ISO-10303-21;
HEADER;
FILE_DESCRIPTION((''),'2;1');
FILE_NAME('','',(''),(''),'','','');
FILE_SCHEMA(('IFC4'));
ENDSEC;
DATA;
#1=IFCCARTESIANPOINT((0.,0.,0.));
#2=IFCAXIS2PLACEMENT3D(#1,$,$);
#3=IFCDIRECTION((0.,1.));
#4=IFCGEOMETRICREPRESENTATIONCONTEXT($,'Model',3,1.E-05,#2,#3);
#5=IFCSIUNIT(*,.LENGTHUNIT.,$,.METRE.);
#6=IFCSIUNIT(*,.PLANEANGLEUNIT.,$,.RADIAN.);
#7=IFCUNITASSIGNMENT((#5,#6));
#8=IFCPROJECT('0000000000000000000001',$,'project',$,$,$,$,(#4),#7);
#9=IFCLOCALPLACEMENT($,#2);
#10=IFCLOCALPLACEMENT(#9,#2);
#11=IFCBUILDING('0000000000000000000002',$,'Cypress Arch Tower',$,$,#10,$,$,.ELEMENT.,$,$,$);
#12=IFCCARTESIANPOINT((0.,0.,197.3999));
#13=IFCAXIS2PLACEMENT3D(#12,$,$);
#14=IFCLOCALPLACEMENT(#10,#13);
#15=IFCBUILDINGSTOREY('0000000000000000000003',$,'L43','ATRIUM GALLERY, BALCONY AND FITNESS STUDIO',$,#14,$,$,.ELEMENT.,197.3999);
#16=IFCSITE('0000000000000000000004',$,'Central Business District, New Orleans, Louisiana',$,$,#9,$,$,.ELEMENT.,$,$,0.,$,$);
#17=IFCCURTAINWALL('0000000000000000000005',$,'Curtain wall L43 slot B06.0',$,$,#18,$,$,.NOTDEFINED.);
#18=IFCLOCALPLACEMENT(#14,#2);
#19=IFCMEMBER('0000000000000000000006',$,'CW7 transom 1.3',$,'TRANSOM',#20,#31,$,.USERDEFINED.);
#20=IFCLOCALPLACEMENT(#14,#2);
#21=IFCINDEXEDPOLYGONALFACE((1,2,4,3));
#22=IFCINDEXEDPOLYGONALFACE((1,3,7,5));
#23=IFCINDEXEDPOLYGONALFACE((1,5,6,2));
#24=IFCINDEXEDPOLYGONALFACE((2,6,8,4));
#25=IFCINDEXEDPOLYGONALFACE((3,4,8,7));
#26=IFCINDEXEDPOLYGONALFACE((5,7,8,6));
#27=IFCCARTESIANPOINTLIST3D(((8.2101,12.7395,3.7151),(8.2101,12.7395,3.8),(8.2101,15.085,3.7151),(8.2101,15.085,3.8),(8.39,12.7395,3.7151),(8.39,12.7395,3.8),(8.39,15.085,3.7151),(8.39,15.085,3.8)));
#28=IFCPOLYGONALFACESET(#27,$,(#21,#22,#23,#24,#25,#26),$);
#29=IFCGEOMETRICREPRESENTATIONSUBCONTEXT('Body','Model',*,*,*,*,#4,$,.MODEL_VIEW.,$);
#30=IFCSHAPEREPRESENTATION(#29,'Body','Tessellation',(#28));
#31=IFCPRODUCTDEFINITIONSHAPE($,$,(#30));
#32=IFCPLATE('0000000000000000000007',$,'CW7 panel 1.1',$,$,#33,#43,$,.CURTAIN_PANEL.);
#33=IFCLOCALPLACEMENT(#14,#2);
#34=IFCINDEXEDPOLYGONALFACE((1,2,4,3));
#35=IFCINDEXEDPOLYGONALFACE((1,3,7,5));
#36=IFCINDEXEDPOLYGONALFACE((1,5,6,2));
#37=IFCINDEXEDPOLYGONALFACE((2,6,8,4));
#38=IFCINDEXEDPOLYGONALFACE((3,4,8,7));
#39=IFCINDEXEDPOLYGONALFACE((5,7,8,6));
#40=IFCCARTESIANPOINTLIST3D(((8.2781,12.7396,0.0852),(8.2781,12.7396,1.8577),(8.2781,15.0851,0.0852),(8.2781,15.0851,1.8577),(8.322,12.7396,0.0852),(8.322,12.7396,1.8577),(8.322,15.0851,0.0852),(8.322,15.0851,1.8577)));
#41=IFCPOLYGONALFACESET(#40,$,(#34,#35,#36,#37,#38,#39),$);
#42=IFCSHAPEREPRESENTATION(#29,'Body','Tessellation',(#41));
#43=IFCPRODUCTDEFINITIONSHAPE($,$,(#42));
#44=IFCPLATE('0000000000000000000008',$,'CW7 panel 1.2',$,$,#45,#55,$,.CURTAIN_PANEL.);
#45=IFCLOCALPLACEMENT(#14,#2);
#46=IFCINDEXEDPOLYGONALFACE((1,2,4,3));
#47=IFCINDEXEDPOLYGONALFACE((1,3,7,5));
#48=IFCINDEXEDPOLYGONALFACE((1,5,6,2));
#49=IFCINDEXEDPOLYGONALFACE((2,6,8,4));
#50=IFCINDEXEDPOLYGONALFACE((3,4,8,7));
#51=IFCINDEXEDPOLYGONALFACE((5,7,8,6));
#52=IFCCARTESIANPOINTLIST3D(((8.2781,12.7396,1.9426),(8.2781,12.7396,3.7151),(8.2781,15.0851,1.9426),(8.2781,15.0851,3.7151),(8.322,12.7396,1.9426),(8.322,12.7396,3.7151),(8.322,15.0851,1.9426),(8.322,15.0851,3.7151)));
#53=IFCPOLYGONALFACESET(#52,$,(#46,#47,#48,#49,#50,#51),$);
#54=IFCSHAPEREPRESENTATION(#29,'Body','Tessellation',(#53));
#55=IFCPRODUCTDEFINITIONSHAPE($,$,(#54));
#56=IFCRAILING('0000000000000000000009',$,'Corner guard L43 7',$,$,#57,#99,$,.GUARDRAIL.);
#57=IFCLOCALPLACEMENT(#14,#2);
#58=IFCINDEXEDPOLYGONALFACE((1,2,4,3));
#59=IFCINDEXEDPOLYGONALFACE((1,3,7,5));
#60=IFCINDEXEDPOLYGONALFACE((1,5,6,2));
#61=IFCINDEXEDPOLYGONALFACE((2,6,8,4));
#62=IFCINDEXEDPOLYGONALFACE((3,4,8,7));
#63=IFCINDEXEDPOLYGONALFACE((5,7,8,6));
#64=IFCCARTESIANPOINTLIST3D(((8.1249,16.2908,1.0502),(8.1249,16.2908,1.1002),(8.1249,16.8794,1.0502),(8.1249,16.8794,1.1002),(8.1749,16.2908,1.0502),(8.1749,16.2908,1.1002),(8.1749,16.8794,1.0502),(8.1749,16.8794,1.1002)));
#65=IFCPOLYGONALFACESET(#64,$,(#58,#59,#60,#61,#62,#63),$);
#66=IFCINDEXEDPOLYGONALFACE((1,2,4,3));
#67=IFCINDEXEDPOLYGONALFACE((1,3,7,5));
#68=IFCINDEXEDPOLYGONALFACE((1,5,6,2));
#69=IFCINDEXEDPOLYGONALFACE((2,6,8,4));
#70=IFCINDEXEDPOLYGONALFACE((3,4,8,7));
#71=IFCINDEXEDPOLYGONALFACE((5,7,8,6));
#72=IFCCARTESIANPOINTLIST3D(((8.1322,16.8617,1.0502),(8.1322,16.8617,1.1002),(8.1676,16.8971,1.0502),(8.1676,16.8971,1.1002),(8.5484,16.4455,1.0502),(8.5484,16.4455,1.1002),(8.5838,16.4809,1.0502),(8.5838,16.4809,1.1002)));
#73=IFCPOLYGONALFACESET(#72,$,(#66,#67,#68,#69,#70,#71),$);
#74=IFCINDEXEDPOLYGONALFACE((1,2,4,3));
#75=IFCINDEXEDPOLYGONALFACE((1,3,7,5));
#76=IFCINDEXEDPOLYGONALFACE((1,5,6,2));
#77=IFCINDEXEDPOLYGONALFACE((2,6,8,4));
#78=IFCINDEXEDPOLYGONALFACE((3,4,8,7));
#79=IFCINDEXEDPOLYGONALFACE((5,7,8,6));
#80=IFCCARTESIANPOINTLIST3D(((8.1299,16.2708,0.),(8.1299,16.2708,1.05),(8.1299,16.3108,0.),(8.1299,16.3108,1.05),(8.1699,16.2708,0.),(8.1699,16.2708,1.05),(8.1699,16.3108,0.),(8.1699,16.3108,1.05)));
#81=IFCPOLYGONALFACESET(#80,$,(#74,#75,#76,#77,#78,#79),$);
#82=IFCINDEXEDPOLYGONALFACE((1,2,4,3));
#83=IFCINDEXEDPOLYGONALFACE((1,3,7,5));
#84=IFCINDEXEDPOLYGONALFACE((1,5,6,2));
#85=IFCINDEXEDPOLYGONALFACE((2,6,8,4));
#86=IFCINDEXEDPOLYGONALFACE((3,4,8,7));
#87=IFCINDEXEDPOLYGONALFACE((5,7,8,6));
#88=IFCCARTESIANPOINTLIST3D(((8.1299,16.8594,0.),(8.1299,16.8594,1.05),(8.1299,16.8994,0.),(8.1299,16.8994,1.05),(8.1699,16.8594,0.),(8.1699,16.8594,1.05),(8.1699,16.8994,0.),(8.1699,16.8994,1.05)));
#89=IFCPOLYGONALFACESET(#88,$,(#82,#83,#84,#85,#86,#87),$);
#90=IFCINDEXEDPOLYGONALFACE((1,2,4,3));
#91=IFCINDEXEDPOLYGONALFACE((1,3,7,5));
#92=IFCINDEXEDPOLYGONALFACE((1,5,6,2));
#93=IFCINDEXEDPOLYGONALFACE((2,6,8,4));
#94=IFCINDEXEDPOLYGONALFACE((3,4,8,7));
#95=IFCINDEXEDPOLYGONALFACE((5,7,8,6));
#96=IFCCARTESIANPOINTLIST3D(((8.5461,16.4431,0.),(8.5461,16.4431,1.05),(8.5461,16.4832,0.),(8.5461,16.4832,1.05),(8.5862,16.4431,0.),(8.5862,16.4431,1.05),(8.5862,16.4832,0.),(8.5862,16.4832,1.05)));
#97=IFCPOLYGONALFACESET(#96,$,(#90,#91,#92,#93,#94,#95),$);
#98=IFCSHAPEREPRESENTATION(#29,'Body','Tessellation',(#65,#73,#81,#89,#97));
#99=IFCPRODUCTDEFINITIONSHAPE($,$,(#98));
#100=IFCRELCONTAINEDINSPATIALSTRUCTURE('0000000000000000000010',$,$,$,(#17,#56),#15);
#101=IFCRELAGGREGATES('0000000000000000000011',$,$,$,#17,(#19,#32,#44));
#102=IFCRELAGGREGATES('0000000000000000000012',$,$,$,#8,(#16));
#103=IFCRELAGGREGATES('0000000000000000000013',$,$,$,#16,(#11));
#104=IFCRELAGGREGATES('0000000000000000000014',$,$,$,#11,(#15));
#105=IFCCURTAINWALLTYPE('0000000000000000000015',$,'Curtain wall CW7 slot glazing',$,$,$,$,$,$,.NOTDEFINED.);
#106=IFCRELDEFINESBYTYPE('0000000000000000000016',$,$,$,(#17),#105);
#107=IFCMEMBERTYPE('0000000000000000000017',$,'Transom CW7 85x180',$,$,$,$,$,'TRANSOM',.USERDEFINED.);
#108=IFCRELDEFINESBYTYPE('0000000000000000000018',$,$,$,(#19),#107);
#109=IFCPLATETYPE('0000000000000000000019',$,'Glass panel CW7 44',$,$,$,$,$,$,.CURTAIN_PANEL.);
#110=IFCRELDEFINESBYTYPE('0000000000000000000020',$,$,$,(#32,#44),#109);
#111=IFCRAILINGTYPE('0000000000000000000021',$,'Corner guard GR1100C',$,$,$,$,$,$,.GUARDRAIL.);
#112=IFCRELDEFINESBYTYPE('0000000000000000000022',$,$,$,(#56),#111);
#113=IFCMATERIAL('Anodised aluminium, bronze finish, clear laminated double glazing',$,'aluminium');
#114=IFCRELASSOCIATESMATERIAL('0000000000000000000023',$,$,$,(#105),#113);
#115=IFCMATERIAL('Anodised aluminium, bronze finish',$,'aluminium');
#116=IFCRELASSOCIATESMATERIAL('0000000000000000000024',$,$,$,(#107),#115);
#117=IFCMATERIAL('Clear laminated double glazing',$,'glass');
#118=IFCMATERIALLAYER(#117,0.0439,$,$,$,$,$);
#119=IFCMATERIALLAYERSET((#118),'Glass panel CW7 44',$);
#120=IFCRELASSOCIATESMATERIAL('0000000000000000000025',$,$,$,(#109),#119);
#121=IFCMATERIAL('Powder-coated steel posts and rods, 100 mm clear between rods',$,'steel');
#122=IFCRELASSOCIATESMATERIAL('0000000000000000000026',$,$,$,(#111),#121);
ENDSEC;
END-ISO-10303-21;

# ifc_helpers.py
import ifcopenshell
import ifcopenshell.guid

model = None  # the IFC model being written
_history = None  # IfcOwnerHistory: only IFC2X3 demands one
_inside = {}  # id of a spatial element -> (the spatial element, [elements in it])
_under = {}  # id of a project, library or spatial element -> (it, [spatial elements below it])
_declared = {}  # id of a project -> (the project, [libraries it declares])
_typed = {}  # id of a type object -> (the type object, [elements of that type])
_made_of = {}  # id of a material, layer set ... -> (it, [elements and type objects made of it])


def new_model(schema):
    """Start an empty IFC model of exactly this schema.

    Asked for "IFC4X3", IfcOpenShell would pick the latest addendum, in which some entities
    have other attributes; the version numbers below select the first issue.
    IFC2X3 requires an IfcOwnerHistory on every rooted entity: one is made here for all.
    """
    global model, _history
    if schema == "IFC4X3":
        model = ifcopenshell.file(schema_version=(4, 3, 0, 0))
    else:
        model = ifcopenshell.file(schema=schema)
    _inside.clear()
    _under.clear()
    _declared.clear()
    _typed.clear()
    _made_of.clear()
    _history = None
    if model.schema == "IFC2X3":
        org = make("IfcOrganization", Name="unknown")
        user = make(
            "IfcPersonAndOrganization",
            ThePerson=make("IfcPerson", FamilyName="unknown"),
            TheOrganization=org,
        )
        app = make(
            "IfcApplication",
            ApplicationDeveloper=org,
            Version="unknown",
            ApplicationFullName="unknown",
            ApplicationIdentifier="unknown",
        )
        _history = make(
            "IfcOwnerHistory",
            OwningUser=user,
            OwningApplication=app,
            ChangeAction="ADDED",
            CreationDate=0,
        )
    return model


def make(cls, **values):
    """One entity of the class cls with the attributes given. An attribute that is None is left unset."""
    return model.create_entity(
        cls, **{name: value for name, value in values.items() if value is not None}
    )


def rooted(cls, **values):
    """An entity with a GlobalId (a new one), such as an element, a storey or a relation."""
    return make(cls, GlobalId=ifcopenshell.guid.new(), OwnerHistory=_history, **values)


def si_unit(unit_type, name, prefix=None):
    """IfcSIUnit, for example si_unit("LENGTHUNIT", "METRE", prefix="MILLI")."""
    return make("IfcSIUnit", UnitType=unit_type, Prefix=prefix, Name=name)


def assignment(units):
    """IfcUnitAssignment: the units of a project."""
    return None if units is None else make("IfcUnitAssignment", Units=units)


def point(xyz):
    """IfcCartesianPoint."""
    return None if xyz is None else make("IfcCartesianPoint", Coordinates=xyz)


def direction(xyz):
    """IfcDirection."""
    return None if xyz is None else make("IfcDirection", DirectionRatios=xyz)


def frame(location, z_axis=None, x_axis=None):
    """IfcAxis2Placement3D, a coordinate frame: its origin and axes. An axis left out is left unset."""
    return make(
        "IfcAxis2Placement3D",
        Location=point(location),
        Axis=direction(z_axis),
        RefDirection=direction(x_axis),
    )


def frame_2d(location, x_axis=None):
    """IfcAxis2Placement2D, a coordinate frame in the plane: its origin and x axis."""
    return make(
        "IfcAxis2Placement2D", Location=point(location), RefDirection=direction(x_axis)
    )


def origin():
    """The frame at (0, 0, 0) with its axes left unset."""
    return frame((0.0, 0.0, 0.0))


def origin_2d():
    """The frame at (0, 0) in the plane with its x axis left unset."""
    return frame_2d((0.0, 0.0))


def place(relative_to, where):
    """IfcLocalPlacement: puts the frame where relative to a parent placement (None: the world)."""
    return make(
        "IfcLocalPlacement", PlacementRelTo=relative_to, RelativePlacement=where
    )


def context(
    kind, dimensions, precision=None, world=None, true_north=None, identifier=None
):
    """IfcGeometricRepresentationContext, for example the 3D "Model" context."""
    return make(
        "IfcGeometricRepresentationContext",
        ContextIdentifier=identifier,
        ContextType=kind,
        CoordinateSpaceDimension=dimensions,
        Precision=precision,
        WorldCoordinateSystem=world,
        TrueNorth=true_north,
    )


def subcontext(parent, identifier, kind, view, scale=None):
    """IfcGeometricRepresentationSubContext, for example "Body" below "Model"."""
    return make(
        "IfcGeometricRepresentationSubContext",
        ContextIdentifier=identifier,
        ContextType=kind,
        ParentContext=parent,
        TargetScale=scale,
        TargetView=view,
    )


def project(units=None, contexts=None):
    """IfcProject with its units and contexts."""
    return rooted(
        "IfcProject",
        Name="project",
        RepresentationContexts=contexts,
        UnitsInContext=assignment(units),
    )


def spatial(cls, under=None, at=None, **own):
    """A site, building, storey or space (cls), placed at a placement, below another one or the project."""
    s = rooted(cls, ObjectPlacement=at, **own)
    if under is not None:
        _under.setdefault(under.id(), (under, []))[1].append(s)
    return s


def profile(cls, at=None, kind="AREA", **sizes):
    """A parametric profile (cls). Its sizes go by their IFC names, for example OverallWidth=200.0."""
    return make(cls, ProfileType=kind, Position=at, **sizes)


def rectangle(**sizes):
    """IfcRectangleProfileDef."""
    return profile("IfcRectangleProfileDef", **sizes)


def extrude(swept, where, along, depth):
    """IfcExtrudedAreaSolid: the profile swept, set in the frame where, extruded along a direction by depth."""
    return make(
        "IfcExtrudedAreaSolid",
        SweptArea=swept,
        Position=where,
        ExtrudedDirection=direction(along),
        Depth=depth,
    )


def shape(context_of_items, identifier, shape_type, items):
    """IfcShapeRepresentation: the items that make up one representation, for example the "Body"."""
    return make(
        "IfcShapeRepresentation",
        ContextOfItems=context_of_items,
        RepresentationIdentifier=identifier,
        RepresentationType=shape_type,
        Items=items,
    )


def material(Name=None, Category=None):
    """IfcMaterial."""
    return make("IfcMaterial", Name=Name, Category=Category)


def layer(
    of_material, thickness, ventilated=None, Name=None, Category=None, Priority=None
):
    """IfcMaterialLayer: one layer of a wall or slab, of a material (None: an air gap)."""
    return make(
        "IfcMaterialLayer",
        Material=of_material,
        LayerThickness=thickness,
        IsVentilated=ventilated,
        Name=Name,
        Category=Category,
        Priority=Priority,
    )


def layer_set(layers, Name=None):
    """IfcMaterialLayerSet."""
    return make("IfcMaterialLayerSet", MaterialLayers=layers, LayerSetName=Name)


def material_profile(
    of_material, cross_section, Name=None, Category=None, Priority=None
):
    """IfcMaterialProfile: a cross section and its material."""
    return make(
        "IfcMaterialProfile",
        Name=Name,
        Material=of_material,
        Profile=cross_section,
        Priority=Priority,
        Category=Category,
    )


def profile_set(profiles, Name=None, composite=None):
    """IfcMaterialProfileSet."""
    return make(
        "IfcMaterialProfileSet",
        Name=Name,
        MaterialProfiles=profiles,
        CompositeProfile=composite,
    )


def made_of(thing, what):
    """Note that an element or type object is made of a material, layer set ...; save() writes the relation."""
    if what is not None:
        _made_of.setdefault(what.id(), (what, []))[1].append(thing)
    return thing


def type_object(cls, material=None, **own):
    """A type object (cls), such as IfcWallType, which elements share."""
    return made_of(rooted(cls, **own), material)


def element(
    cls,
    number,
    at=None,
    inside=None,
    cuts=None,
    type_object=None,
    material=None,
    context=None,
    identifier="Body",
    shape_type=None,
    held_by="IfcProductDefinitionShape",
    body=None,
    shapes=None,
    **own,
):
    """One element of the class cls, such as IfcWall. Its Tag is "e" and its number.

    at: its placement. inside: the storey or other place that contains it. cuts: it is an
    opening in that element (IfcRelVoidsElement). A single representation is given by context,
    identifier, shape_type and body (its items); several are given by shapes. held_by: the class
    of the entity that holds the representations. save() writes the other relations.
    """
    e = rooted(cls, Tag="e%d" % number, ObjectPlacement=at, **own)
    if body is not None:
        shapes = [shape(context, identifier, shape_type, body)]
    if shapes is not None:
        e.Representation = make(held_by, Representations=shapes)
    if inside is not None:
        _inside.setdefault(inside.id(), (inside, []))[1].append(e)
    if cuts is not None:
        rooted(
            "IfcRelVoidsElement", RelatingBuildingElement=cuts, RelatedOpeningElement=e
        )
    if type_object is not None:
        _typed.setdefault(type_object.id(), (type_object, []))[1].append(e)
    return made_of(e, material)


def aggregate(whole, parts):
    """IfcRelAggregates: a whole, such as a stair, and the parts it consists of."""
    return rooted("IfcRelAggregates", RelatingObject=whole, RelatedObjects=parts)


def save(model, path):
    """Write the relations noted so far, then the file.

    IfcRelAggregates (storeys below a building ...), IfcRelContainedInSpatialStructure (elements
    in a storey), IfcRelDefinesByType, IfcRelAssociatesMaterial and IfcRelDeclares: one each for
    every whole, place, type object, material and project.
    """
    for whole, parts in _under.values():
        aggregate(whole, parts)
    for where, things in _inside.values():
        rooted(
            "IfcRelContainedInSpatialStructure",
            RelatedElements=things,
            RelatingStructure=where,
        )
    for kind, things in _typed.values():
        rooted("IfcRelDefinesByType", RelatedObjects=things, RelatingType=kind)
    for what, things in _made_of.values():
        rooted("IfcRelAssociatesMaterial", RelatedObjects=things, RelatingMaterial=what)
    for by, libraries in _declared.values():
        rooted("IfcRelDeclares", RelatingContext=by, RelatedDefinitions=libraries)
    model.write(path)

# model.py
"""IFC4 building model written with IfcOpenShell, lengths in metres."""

from ifc_helpers import new_model, si_unit, direction, frame, origin, origin_2d, place, context, subcontext, project, spatial, rectangle, extrude, material, layer, layer_set, material_profile, profile_set, type_object, element, aggregate, save


model = new_model("IFC4")

# Units and contexts
model_context = context("Model", 3, precision=1e-05, world=origin(), true_north=direction((0.0, 1.0)))
body_context = subcontext(model_context, "Body", "Model", "MODEL_VIEW")
ifc_project = project(units=[si_unit("LENGTHUNIT", "METRE"), si_unit("PLANEANGLEUNIT", "RADIAN")], contexts=[model_context])

# Site, building, storey
site_placement = place(None, origin())
site = spatial("IfcSite", under=ifc_project, at=site_placement, Name="Central Business District, New Orleans, Louisiana", CompositionType="ELEMENT", RefElevation=0.0)
building_placement = place(site_placement, origin())
building = spatial("IfcBuilding", under=site, at=building_placement, Name="Cypress Arch Tower", CompositionType="ELEMENT")
storey_placement = place(building_placement, frame((0.0, 0.0, 197.3999)))
storey = spatial("IfcBuildingStorey", under=building, at=storey_placement, Name="L43", Description="ATRIUM GALLERY, BALCONY AND FITNESS STUDIO", CompositionType="ELEMENT", Elevation=197.3999)

# Curtain wall
ifc_material_1 = material(Name="Anodised aluminium, bronze finish, clear laminated double glazing", Category="aluminium")
curtain_wall_type = type_object("IfcCurtainWallType", Name="Curtain wall CW7 slot glazing", PredefinedType="NOTDEFINED", material=ifc_material_1)
curtain_wall_placement = place(storey_placement, origin())
curtain_wall = element("IfcCurtainWall", 1, at=curtain_wall_placement, inside=storey, type_object=curtain_wall_type, Name="Curtain wall L43 slot B06.0", PredefinedType="NOTDEFINED")

# Member
ifc_material_2 = material(Name="Anodised aluminium, bronze finish", Category="aluminium")
ifc_material_profile_1 = material_profile(ifc_material_2, rectangle(XDim=0.1799, YDim=0.085, at=origin_2d()), Name="Transom 85x180")
ifc_profile_set_1 = profile_set([ifc_material_profile_1], Name="Anodised aluminium, bronze finish")
member_type_1 = type_object("IfcMemberType", Name="Transom CW7 85x180", ElementType="TRANSOM", PredefinedType="USERDEFINED", material=ifc_profile_set_1)
member_1_placement = place(storey_placement, frame((8.3, 15.085, 3.7576), z_axis=(0.0, -1.0, 0.0), x_axis=(1.0, 0.0, 0.0)))
member_1 = element("IfcMember", 2, at=member_1_placement, type_object=member_type_1, Name="CW7 transom 1.3", ObjectType="TRANSOM", PredefinedType="USERDEFINED", context=body_context, shape_type="SweptSolid", body=[
    extrude(rectangle(XDim=0.1799, YDim=0.085, at=origin_2d()), origin(), (0.0, 0.0, 1.0), 2.3455),
])

# Plates
ifc_material_3 = material(Name="Clear laminated double glazing", Category="glass")
ifc_layer_1 = layer(ifc_material_3, 0.0439)
ifc_layer_set_1 = layer_set([ifc_layer_1], Name="Glass panel CW7 44")
plate_type = type_object("IfcPlateType", Name="Glass panel CW7 44", PredefinedType="CURTAIN_PANEL", material=ifc_layer_set_1)
plate_1_placement = place(storey_placement, frame((8.3, 13.9124, 0.0852), z_axis=(0.0, 0.0, 1.0), x_axis=(0.0, -1.0, 0.0)))
plate_1 = element("IfcPlate", 3, at=plate_1_placement, type_object=plate_type, Name="CW7 panel 1.1", PredefinedType="CURTAIN_PANEL", context=body_context, shape_type="SweptSolid", body=[
    extrude(rectangle(XDim=2.3455, YDim=0.0439, at=origin_2d()), origin(), (0.0, 0.0, 1.0), 1.7725),
])
plate_2_placement = place(storey_placement, frame((8.3, 13.9124, 1.9426), z_axis=(0.0, 0.0, 1.0), x_axis=(0.0, -1.0, 0.0)))
plate_2 = element("IfcPlate", 4, at=plate_2_placement, type_object=plate_type, Name="CW7 panel 1.2", PredefinedType="CURTAIN_PANEL", context=body_context, shape_type="SweptSolid", body=[
    extrude(rectangle(XDim=2.3455, YDim=0.0439, at=origin_2d()), origin(), (0.0, 0.0, 1.0), 1.7725),
])
aggregate(curtain_wall, [member_1, plate_1, plate_2])

# Railing
ifc_material_4 = material(Name="Powder-coated steel posts and rods, 100 mm clear between rods", Category="steel")
railing_type_1 = type_object("IfcRailingType", Name="Corner guard GR1100C", PredefinedType="GUARDRAIL", material=ifc_material_4)
railing_1_placement = place(storey_placement, frame((8.1499, 16.2908, 0.0)))
element("IfcRailing", 5, at=railing_1_placement, inside=storey, type_object=railing_type_1, Name="Corner guard L43 7", PredefinedType="GUARDRAIL", context=body_context, shape_type="SweptSolid", body=[
    extrude(rectangle(XDim=0.05, YDim=0.05, at=origin_2d()), frame((0.0, 0.0, 1.0752), z_axis=(0.0, 1.0, 0.0), x_axis=(-1.0, 0.0, 0.0)), (0.0, 0.0, 1.0), 0.5886),
    extrude(rectangle(XDim=0.05, YDim=0.05, at=origin_2d()), frame((0.0, 0.5886, 1.0752), z_axis=(0.707107, -0.707107, 0.0), x_axis=(0.707107, 0.707107, 0.0)), (0.0, 0.0, 1.0), 0.5886),
    extrude(rectangle(XDim=0.04, YDim=0.04, at=origin_2d()), origin(), (0.0, 0.0, 1.0), 1.05),
    extrude(rectangle(XDim=0.04, YDim=0.04, at=origin_2d()), frame((0.0, 0.5886, 0.0)), (0.0, 0.0, 1.0), 1.05),
    extrude(rectangle(XDim=0.04, YDim=0.04, at=origin_2d()), frame((0.4163, 0.1724, 0.0)), (0.0, 0.0, 1.0), 1.05),
])

save(model, "model.ifc")
